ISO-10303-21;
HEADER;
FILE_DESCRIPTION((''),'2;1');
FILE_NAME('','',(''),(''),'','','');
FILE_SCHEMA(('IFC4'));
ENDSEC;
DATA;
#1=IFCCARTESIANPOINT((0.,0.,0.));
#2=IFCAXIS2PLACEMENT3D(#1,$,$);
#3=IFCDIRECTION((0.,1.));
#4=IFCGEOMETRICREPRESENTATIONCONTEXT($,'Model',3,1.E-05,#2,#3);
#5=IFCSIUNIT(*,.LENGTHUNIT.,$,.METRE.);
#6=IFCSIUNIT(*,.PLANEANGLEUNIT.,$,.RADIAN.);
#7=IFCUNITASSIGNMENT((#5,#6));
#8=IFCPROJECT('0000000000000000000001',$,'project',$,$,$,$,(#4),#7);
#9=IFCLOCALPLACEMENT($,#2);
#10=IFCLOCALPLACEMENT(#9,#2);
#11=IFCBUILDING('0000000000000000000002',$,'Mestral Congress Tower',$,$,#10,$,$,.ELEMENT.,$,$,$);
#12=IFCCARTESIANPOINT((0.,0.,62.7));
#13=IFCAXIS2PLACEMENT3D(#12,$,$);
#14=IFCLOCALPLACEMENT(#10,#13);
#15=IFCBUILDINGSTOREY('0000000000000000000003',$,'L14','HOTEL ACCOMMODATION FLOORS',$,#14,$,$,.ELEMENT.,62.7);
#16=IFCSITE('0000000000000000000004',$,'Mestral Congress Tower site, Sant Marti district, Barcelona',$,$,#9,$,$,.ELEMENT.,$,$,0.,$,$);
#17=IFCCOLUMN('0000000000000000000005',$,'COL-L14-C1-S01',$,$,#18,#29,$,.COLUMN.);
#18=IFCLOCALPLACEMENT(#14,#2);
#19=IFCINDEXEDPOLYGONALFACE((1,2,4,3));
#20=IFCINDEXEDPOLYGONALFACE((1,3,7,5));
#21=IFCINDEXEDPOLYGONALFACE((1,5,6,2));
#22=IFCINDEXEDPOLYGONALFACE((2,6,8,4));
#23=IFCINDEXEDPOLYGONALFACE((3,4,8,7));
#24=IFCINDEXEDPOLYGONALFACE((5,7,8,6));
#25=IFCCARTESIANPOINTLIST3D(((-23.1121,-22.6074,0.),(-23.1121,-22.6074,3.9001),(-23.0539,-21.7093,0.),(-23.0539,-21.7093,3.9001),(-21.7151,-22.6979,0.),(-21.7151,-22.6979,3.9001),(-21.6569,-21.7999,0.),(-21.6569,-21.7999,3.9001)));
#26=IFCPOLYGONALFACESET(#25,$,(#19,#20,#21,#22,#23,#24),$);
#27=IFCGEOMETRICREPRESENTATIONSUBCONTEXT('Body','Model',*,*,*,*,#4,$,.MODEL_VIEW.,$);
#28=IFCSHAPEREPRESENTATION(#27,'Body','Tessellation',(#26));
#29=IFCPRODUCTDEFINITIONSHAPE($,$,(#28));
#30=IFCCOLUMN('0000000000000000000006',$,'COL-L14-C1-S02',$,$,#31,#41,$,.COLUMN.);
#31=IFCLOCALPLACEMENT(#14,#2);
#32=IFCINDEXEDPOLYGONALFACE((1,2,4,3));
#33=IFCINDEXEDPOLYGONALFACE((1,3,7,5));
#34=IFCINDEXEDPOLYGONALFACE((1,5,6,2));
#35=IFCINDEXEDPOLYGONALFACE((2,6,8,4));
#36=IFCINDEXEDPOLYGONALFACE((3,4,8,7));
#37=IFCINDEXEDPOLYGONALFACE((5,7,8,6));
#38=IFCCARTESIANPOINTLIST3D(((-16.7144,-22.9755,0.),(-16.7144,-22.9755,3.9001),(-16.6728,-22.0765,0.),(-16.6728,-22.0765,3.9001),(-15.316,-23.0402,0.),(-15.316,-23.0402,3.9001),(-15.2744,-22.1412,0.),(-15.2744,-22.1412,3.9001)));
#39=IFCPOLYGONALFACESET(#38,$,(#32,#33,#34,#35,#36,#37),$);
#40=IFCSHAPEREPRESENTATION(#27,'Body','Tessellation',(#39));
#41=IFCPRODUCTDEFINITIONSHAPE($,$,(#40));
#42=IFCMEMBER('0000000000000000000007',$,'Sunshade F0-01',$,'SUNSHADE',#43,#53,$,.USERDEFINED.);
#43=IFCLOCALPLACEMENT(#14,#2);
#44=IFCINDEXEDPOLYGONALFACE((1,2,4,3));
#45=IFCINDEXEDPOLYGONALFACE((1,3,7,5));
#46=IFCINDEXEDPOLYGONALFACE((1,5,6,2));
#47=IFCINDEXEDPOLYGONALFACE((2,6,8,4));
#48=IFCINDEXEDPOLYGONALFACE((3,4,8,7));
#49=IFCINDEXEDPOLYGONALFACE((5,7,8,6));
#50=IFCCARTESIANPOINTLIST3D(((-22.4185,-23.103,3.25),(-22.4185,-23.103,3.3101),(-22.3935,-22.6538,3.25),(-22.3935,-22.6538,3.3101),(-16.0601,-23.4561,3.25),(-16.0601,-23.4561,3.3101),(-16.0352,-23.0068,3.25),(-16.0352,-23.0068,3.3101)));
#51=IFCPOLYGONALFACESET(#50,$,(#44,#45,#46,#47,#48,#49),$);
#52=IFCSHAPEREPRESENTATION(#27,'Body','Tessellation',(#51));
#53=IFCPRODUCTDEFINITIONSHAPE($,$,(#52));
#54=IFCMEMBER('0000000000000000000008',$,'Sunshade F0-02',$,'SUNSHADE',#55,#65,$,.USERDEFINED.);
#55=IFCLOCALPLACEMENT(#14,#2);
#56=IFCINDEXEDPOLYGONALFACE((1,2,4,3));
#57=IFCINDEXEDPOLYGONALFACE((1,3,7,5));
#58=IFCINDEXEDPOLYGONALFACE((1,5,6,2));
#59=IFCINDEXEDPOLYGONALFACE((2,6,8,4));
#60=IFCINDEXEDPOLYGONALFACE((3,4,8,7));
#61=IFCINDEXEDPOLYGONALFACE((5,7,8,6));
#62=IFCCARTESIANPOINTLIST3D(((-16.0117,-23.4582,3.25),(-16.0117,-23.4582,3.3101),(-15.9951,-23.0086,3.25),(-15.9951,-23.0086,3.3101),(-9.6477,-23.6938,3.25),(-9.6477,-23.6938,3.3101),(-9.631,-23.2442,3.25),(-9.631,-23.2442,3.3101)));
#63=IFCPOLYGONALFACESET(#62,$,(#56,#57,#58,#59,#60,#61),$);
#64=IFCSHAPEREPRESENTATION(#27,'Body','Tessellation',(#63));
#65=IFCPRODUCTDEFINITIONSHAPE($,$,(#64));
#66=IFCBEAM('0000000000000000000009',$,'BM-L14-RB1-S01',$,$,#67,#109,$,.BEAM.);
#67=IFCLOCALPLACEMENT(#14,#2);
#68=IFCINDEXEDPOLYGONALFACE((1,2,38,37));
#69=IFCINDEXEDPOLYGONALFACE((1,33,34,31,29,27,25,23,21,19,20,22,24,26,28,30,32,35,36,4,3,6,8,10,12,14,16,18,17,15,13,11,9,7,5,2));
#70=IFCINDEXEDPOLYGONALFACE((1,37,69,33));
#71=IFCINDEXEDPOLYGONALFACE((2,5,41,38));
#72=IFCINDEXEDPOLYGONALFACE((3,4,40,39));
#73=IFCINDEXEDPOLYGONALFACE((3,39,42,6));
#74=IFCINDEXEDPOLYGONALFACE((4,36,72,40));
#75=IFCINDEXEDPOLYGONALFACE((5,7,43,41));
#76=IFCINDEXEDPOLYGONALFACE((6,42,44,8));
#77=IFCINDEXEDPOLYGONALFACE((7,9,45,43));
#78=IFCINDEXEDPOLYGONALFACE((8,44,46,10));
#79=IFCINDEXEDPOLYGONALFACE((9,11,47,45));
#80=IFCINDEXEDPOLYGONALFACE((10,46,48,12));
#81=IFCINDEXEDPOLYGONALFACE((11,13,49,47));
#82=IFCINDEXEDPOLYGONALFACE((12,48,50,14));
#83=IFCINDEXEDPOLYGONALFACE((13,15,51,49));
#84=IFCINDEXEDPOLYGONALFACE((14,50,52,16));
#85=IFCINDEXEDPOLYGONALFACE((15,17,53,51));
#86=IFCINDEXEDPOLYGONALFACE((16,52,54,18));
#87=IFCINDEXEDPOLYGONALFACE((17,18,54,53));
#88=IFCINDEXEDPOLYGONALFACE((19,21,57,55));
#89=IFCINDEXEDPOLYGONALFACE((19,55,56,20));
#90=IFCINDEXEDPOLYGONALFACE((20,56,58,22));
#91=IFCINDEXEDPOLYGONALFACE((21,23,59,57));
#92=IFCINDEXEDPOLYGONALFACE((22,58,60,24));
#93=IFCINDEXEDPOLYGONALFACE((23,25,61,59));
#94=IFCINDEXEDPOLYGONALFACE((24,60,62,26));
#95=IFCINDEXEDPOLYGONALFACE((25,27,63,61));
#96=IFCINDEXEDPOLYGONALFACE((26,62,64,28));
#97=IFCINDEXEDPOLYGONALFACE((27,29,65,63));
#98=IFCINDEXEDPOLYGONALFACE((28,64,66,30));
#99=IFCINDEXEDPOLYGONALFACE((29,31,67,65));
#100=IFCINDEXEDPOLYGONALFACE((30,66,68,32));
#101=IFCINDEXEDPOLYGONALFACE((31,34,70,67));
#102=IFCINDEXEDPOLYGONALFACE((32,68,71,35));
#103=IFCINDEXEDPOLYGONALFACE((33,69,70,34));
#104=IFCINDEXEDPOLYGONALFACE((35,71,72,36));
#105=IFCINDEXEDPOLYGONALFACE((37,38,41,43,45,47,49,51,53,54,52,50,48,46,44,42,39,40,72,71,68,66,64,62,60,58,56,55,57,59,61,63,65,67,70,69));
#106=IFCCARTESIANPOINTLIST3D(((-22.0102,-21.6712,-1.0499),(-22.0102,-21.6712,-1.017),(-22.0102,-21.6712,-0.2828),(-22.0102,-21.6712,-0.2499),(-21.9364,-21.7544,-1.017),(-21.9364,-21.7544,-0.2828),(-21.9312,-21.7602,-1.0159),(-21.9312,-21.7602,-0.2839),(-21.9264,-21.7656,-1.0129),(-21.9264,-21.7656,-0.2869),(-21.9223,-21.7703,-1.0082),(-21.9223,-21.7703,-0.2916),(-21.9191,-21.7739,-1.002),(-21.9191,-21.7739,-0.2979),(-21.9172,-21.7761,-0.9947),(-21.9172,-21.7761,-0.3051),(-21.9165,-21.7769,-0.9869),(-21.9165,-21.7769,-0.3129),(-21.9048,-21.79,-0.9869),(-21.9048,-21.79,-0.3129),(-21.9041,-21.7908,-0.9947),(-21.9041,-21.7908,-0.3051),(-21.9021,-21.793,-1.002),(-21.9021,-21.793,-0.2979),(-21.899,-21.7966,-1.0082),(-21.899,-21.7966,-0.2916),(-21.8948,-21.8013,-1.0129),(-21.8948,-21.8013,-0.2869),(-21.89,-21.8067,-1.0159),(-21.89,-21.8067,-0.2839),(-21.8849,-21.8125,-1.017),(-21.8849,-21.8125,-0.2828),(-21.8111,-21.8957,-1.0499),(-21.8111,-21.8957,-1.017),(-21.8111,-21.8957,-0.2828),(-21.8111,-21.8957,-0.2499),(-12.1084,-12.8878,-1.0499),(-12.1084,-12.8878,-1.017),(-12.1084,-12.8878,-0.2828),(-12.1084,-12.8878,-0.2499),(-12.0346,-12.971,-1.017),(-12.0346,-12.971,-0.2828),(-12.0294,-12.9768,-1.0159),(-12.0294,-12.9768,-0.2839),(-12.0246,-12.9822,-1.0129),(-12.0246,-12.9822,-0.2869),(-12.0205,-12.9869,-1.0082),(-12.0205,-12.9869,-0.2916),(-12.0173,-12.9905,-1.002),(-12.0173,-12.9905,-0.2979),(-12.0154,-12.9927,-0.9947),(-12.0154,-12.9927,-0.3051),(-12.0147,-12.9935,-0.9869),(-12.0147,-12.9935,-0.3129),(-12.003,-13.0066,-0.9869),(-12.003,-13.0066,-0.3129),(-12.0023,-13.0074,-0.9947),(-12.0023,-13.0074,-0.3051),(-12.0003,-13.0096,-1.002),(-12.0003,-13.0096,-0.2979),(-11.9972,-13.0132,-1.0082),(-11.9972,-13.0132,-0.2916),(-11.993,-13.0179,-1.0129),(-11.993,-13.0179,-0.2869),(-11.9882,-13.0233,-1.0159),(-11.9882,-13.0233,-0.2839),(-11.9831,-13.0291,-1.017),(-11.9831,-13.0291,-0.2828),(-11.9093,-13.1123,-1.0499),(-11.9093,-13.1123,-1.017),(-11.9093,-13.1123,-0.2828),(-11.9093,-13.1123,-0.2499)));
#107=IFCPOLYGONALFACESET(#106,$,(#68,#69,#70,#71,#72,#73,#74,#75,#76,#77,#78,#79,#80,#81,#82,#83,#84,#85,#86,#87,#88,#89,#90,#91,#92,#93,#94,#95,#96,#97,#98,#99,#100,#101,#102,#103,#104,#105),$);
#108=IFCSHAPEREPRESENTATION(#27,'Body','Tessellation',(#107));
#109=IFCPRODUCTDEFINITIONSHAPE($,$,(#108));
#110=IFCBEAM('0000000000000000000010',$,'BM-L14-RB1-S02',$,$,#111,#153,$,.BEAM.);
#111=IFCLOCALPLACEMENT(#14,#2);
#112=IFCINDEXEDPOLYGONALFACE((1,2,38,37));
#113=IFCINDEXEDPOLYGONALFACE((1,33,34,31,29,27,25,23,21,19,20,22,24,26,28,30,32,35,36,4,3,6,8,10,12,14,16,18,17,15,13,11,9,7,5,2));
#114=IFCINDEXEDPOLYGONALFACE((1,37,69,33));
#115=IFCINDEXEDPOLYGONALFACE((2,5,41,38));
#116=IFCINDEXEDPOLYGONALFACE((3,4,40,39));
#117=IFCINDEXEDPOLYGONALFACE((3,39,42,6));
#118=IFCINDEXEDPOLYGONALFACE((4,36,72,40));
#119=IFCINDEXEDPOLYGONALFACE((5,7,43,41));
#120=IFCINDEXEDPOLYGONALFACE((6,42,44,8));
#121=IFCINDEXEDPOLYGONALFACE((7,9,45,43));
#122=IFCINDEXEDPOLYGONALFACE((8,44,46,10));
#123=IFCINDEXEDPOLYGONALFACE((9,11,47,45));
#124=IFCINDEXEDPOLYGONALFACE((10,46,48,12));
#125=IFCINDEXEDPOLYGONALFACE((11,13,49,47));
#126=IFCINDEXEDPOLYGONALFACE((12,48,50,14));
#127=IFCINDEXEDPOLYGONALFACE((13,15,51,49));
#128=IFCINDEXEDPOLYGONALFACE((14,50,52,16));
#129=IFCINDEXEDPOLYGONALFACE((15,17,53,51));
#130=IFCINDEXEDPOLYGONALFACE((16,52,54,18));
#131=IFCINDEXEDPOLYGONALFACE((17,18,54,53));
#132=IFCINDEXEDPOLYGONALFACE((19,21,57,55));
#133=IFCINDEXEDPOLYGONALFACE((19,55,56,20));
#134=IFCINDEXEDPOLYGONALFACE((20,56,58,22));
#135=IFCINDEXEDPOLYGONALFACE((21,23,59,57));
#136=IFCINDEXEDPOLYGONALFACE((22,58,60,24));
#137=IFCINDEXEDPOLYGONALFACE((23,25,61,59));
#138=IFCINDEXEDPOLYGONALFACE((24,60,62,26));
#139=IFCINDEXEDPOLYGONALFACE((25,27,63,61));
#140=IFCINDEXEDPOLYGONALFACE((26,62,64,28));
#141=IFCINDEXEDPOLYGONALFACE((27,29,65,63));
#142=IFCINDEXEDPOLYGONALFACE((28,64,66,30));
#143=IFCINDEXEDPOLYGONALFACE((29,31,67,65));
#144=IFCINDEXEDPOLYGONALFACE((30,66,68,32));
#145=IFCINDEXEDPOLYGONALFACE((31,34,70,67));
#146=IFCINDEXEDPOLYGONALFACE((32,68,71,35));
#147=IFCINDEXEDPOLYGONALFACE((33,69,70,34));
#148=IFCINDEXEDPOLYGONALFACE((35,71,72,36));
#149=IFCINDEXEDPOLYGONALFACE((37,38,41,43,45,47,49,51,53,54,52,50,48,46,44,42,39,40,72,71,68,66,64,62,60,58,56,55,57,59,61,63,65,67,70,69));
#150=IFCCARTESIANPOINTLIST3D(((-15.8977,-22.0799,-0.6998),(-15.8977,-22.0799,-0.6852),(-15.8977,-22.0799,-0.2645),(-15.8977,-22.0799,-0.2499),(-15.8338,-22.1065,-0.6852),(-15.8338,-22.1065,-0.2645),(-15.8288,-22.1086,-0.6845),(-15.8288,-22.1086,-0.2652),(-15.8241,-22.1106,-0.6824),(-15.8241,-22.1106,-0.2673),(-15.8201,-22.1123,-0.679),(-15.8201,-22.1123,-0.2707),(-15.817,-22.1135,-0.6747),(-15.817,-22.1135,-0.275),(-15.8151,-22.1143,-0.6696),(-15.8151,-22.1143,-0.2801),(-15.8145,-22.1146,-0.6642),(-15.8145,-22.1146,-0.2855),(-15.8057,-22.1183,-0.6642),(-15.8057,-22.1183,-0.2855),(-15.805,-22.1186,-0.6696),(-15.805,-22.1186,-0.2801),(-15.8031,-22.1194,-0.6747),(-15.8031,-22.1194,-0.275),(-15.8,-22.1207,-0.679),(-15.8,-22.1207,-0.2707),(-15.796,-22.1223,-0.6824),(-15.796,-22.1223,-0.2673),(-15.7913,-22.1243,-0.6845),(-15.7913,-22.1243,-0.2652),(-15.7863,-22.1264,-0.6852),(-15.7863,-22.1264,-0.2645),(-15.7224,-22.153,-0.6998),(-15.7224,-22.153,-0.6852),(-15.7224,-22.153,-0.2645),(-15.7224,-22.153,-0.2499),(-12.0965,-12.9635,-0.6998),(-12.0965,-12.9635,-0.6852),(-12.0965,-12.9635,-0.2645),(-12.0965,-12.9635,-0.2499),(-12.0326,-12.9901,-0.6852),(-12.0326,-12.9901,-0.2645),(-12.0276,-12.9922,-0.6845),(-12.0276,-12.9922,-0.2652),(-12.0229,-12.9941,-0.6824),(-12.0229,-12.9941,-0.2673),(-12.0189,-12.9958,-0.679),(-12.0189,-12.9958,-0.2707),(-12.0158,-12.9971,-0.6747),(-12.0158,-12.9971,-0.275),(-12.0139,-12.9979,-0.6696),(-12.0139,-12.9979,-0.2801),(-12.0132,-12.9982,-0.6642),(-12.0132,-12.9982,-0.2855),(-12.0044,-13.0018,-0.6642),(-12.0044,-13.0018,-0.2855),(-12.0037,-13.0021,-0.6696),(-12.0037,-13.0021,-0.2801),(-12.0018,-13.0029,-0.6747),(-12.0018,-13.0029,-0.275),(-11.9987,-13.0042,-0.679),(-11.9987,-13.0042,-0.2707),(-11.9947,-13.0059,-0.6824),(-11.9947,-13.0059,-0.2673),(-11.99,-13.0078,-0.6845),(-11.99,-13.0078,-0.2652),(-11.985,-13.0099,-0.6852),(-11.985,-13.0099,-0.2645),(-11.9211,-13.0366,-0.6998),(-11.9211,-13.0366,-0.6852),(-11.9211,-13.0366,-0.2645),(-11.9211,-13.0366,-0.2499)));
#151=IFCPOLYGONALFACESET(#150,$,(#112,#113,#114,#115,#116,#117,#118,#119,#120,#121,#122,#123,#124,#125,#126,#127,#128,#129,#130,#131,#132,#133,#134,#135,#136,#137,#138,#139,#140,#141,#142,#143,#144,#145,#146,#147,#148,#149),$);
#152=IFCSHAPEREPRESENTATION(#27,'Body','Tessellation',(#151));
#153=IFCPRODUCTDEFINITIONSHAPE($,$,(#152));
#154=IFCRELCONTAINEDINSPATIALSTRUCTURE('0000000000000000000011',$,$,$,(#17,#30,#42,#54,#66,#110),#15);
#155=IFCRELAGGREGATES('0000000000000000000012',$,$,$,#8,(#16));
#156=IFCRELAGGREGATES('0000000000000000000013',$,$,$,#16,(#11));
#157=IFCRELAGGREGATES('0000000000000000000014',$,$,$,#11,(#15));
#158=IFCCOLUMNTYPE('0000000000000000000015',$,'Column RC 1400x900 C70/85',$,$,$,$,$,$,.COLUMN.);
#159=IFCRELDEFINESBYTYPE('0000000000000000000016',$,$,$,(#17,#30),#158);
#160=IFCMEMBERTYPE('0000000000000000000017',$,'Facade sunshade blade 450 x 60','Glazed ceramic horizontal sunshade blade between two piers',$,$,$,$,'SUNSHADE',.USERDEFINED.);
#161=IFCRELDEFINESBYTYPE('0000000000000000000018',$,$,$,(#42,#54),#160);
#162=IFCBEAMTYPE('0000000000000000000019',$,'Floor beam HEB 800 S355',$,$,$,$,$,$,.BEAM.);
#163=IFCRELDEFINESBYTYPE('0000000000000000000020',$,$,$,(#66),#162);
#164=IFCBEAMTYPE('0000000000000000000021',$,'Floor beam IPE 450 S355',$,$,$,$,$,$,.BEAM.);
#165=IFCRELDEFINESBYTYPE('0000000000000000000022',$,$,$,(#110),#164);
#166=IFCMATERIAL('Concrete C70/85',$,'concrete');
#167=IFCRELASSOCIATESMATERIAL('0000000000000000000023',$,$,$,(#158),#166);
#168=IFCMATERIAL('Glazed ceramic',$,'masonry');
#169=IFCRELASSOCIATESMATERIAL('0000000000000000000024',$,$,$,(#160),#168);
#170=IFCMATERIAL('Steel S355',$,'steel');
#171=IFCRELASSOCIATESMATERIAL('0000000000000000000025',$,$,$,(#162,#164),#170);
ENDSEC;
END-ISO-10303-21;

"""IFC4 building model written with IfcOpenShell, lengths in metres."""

from ifc_helpers import new_model, si_unit, direction, frame, origin, origin_2d, place, context, subcontext, project, spatial, rectangle, i_section, extrude, material, material_profile, profile_set, type_object, element, save


model = new_model("IFC4")

# Units and contexts
model_context = context("Model", 3, precision=1e-05, world=origin(), true_north=direction((0.0, 1.0)))
body_context = subcontext(model_context, "Body", "Model", "MODEL_VIEW")
ifc_project = project(units=[si_unit("LENGTHUNIT", "METRE"), si_unit("PLANEANGLEUNIT", "RADIAN")], contexts=[model_context])

# Site, building, storey
site_placement = place(None, origin())
site = spatial("IfcSite", under=ifc_project, at=site_placement, Name="Mestral Congress Tower site, Sant Marti district, Barcelona", CompositionType="ELEMENT", RefElevation=0.0)
building_placement = place(site_placement, origin())
building = spatial("IfcBuilding", under=site, at=building_placement, Name="Mestral Congress Tower", CompositionType="ELEMENT")
storey_placement = place(building_placement, frame((0.0, 0.0, 62.7)))
storey = spatial("IfcBuildingStorey", under=building, at=storey_placement, Name="L14", Description="HOTEL ACCOMMODATION FLOORS", CompositionType="ELEMENT", Elevation=62.7)

# Columns
ifc_material_1 = material(Name="Concrete C70/85", Category="concrete")
ifc_material_profile_1 = material_profile(ifc_material_1, rectangle(XDim=1.3999, YDim=0.8999, at=origin_2d()), Name="RC 1400x900")
ifc_profile_set_1 = profile_set([ifc_material_profile_1], Name="Concrete C70/85")
column_type = type_object("IfcColumnType", Name="Column RC 1400x900 C70/85", PredefinedType="COLUMN", material=ifc_profile_set_1)
for number, where, z_axis, x_axis, name in (
    (1, (-22.3845, -22.2036, 0.0), (0.0, 0.0, 1.0), (0.997908, -0.064658, 0.0), "COL-L14-C1-S01"),
    (2, (-15.9944, -22.5583, 0.0), (0.0, 0.0, 1.0), (0.998932, -0.0462, 0.0), "COL-L14-C1-S02"),
):
    element("IfcColumn", number, at=place(storey_placement, frame(where, z_axis=z_axis, x_axis=x_axis)), inside=storey, type_object=column_type, Name=name, PredefinedType="COLUMN", context=body_context, shape_type="SweptSolid", body=[
        extrude(rectangle(XDim=1.3999, YDim=0.8999, at=origin_2d()), origin(), (0.0, 0.0, 1.0), 3.9001),
    ])

# Members
ifc_material_2 = material(Name="Glazed ceramic", Category="masonry")
ifc_material_profile_2 = material_profile(ifc_material_2, rectangle(XDim=0.45, YDim=0.0601, at=origin_2d()), Name="Ceramic blade 450 x 60")
ifc_profile_set_2 = profile_set([ifc_material_profile_2], Name="Glazed ceramic")
member_type = type_object("IfcMemberType", Name="Facade sunshade blade 450 x 60", Description="Glazed ceramic horizontal sunshade blade between two piers", ElementType="SUNSHADE", PredefinedType="USERDEFINED", material=ifc_profile_set_2)
member_1_placement = place(storey_placement, frame((-22.406, -22.8784, 3.28), z_axis=(0.998462, -0.055436, 0.0), x_axis=(0.055436, 0.998462, 0.0)))
element("IfcMember", 3, at=member_1_placement, inside=storey, type_object=member_type, Name="Sunshade F0-01", ObjectType="SUNSHADE", PredefinedType="USERDEFINED", context=body_context, shape_type="SweptSolid", body=[
    extrude(rectangle(XDim=0.45, YDim=0.0601, at=origin_2d()), origin(), (0.0, 0.0, 1.0), 6.3682),
])
member_2_placement = place(storey_placement, frame((-16.0034, -23.2334, 3.28), z_axis=(0.999315, -0.036995, 0.0), x_axis=(0.036995, 0.999315, 0.0)))
element("IfcMember", 4, at=member_2_placement, inside=storey, type_object=member_type, Name="Sunshade F0-02", ObjectType="SUNSHADE", PredefinedType="USERDEFINED", context=body_context, shape_type="SweptSolid", body=[
    extrude(rectangle(XDim=0.45, YDim=0.0601, at=origin_2d()), origin(), (0.0, 0.0, 1.0), 6.3684),
])

# Beams
ifc_material_3 = material(Name="Steel S355", Category="steel")
ifc_material_profile_3 = material_profile(ifc_material_3, i_section(OverallWidth=0.3, OverallDepth=0.8, WebThickness=0.0176, FlangeThickness=0.033, FilletRadius=0.03, at=origin_2d()), Name="HEB 800")
ifc_profile_set_3 = profile_set([ifc_material_profile_3], Name="Steel S355")
beam_type_1 = type_object("IfcBeamType", Name="Floor beam HEB 800 S355", PredefinedType="BEAM", material=ifc_profile_set_3)
beam_1_placement = place(storey_placement, frame((-21.9106, -21.7834, -0.6499), z_axis=(0.748092, 0.663595, 0.0), x_axis=(-0.663595, 0.748092, 0.0)))
element("IfcBeam", 5, at=beam_1_placement, inside=storey, type_object=beam_type_1, Name="BM-L14-RB1-S01", PredefinedType="BEAM", context=body_context, shape_type="SweptSolid", body=[
    extrude(i_section(OverallWidth=0.3, OverallDepth=0.8, WebThickness=0.0176, FlangeThickness=0.033, FilletRadius=0.03, at=origin_2d()), origin(), (0.0, 0.0, 1.0), 13.2361),
])
ifc_material_profile_4 = material_profile(ifc_material_3, i_section(OverallWidth=0.1899, OverallDepth=0.45, WebThickness=0.0095, FlangeThickness=0.0146, FilletRadius=0.021, at=origin_2d()), Name="IPE 450")
ifc_profile_set_4 = profile_set([ifc_material_profile_4], Name="Steel S355")
beam_type_2 = type_object("IfcBeamType", Name="Floor beam IPE 450 S355", PredefinedType="BEAM", material=ifc_profile_set_4)
beam_2_placement = place(storey_placement, frame((-15.8101, -22.1165, -0.4749), z_axis=(0.384852, 0.922978, 0.0), x_axis=(-0.922978, 0.384852, 0.0)))
element("IfcBeam", 6, at=beam_2_placement, inside=storey, type_object=beam_type_2, Name="BM-L14-RB1-S02", PredefinedType="BEAM", context=body_context, shape_type="SweptSolid", body=[
    extrude(i_section(OverallWidth=0.1899, OverallDepth=0.45, WebThickness=0.0095, FlangeThickness=0.0146, FilletRadius=0.021, at=origin_2d()), origin(), (0.0, 0.0, 1.0), 9.8772),
])

save(model, "model.ifc")
